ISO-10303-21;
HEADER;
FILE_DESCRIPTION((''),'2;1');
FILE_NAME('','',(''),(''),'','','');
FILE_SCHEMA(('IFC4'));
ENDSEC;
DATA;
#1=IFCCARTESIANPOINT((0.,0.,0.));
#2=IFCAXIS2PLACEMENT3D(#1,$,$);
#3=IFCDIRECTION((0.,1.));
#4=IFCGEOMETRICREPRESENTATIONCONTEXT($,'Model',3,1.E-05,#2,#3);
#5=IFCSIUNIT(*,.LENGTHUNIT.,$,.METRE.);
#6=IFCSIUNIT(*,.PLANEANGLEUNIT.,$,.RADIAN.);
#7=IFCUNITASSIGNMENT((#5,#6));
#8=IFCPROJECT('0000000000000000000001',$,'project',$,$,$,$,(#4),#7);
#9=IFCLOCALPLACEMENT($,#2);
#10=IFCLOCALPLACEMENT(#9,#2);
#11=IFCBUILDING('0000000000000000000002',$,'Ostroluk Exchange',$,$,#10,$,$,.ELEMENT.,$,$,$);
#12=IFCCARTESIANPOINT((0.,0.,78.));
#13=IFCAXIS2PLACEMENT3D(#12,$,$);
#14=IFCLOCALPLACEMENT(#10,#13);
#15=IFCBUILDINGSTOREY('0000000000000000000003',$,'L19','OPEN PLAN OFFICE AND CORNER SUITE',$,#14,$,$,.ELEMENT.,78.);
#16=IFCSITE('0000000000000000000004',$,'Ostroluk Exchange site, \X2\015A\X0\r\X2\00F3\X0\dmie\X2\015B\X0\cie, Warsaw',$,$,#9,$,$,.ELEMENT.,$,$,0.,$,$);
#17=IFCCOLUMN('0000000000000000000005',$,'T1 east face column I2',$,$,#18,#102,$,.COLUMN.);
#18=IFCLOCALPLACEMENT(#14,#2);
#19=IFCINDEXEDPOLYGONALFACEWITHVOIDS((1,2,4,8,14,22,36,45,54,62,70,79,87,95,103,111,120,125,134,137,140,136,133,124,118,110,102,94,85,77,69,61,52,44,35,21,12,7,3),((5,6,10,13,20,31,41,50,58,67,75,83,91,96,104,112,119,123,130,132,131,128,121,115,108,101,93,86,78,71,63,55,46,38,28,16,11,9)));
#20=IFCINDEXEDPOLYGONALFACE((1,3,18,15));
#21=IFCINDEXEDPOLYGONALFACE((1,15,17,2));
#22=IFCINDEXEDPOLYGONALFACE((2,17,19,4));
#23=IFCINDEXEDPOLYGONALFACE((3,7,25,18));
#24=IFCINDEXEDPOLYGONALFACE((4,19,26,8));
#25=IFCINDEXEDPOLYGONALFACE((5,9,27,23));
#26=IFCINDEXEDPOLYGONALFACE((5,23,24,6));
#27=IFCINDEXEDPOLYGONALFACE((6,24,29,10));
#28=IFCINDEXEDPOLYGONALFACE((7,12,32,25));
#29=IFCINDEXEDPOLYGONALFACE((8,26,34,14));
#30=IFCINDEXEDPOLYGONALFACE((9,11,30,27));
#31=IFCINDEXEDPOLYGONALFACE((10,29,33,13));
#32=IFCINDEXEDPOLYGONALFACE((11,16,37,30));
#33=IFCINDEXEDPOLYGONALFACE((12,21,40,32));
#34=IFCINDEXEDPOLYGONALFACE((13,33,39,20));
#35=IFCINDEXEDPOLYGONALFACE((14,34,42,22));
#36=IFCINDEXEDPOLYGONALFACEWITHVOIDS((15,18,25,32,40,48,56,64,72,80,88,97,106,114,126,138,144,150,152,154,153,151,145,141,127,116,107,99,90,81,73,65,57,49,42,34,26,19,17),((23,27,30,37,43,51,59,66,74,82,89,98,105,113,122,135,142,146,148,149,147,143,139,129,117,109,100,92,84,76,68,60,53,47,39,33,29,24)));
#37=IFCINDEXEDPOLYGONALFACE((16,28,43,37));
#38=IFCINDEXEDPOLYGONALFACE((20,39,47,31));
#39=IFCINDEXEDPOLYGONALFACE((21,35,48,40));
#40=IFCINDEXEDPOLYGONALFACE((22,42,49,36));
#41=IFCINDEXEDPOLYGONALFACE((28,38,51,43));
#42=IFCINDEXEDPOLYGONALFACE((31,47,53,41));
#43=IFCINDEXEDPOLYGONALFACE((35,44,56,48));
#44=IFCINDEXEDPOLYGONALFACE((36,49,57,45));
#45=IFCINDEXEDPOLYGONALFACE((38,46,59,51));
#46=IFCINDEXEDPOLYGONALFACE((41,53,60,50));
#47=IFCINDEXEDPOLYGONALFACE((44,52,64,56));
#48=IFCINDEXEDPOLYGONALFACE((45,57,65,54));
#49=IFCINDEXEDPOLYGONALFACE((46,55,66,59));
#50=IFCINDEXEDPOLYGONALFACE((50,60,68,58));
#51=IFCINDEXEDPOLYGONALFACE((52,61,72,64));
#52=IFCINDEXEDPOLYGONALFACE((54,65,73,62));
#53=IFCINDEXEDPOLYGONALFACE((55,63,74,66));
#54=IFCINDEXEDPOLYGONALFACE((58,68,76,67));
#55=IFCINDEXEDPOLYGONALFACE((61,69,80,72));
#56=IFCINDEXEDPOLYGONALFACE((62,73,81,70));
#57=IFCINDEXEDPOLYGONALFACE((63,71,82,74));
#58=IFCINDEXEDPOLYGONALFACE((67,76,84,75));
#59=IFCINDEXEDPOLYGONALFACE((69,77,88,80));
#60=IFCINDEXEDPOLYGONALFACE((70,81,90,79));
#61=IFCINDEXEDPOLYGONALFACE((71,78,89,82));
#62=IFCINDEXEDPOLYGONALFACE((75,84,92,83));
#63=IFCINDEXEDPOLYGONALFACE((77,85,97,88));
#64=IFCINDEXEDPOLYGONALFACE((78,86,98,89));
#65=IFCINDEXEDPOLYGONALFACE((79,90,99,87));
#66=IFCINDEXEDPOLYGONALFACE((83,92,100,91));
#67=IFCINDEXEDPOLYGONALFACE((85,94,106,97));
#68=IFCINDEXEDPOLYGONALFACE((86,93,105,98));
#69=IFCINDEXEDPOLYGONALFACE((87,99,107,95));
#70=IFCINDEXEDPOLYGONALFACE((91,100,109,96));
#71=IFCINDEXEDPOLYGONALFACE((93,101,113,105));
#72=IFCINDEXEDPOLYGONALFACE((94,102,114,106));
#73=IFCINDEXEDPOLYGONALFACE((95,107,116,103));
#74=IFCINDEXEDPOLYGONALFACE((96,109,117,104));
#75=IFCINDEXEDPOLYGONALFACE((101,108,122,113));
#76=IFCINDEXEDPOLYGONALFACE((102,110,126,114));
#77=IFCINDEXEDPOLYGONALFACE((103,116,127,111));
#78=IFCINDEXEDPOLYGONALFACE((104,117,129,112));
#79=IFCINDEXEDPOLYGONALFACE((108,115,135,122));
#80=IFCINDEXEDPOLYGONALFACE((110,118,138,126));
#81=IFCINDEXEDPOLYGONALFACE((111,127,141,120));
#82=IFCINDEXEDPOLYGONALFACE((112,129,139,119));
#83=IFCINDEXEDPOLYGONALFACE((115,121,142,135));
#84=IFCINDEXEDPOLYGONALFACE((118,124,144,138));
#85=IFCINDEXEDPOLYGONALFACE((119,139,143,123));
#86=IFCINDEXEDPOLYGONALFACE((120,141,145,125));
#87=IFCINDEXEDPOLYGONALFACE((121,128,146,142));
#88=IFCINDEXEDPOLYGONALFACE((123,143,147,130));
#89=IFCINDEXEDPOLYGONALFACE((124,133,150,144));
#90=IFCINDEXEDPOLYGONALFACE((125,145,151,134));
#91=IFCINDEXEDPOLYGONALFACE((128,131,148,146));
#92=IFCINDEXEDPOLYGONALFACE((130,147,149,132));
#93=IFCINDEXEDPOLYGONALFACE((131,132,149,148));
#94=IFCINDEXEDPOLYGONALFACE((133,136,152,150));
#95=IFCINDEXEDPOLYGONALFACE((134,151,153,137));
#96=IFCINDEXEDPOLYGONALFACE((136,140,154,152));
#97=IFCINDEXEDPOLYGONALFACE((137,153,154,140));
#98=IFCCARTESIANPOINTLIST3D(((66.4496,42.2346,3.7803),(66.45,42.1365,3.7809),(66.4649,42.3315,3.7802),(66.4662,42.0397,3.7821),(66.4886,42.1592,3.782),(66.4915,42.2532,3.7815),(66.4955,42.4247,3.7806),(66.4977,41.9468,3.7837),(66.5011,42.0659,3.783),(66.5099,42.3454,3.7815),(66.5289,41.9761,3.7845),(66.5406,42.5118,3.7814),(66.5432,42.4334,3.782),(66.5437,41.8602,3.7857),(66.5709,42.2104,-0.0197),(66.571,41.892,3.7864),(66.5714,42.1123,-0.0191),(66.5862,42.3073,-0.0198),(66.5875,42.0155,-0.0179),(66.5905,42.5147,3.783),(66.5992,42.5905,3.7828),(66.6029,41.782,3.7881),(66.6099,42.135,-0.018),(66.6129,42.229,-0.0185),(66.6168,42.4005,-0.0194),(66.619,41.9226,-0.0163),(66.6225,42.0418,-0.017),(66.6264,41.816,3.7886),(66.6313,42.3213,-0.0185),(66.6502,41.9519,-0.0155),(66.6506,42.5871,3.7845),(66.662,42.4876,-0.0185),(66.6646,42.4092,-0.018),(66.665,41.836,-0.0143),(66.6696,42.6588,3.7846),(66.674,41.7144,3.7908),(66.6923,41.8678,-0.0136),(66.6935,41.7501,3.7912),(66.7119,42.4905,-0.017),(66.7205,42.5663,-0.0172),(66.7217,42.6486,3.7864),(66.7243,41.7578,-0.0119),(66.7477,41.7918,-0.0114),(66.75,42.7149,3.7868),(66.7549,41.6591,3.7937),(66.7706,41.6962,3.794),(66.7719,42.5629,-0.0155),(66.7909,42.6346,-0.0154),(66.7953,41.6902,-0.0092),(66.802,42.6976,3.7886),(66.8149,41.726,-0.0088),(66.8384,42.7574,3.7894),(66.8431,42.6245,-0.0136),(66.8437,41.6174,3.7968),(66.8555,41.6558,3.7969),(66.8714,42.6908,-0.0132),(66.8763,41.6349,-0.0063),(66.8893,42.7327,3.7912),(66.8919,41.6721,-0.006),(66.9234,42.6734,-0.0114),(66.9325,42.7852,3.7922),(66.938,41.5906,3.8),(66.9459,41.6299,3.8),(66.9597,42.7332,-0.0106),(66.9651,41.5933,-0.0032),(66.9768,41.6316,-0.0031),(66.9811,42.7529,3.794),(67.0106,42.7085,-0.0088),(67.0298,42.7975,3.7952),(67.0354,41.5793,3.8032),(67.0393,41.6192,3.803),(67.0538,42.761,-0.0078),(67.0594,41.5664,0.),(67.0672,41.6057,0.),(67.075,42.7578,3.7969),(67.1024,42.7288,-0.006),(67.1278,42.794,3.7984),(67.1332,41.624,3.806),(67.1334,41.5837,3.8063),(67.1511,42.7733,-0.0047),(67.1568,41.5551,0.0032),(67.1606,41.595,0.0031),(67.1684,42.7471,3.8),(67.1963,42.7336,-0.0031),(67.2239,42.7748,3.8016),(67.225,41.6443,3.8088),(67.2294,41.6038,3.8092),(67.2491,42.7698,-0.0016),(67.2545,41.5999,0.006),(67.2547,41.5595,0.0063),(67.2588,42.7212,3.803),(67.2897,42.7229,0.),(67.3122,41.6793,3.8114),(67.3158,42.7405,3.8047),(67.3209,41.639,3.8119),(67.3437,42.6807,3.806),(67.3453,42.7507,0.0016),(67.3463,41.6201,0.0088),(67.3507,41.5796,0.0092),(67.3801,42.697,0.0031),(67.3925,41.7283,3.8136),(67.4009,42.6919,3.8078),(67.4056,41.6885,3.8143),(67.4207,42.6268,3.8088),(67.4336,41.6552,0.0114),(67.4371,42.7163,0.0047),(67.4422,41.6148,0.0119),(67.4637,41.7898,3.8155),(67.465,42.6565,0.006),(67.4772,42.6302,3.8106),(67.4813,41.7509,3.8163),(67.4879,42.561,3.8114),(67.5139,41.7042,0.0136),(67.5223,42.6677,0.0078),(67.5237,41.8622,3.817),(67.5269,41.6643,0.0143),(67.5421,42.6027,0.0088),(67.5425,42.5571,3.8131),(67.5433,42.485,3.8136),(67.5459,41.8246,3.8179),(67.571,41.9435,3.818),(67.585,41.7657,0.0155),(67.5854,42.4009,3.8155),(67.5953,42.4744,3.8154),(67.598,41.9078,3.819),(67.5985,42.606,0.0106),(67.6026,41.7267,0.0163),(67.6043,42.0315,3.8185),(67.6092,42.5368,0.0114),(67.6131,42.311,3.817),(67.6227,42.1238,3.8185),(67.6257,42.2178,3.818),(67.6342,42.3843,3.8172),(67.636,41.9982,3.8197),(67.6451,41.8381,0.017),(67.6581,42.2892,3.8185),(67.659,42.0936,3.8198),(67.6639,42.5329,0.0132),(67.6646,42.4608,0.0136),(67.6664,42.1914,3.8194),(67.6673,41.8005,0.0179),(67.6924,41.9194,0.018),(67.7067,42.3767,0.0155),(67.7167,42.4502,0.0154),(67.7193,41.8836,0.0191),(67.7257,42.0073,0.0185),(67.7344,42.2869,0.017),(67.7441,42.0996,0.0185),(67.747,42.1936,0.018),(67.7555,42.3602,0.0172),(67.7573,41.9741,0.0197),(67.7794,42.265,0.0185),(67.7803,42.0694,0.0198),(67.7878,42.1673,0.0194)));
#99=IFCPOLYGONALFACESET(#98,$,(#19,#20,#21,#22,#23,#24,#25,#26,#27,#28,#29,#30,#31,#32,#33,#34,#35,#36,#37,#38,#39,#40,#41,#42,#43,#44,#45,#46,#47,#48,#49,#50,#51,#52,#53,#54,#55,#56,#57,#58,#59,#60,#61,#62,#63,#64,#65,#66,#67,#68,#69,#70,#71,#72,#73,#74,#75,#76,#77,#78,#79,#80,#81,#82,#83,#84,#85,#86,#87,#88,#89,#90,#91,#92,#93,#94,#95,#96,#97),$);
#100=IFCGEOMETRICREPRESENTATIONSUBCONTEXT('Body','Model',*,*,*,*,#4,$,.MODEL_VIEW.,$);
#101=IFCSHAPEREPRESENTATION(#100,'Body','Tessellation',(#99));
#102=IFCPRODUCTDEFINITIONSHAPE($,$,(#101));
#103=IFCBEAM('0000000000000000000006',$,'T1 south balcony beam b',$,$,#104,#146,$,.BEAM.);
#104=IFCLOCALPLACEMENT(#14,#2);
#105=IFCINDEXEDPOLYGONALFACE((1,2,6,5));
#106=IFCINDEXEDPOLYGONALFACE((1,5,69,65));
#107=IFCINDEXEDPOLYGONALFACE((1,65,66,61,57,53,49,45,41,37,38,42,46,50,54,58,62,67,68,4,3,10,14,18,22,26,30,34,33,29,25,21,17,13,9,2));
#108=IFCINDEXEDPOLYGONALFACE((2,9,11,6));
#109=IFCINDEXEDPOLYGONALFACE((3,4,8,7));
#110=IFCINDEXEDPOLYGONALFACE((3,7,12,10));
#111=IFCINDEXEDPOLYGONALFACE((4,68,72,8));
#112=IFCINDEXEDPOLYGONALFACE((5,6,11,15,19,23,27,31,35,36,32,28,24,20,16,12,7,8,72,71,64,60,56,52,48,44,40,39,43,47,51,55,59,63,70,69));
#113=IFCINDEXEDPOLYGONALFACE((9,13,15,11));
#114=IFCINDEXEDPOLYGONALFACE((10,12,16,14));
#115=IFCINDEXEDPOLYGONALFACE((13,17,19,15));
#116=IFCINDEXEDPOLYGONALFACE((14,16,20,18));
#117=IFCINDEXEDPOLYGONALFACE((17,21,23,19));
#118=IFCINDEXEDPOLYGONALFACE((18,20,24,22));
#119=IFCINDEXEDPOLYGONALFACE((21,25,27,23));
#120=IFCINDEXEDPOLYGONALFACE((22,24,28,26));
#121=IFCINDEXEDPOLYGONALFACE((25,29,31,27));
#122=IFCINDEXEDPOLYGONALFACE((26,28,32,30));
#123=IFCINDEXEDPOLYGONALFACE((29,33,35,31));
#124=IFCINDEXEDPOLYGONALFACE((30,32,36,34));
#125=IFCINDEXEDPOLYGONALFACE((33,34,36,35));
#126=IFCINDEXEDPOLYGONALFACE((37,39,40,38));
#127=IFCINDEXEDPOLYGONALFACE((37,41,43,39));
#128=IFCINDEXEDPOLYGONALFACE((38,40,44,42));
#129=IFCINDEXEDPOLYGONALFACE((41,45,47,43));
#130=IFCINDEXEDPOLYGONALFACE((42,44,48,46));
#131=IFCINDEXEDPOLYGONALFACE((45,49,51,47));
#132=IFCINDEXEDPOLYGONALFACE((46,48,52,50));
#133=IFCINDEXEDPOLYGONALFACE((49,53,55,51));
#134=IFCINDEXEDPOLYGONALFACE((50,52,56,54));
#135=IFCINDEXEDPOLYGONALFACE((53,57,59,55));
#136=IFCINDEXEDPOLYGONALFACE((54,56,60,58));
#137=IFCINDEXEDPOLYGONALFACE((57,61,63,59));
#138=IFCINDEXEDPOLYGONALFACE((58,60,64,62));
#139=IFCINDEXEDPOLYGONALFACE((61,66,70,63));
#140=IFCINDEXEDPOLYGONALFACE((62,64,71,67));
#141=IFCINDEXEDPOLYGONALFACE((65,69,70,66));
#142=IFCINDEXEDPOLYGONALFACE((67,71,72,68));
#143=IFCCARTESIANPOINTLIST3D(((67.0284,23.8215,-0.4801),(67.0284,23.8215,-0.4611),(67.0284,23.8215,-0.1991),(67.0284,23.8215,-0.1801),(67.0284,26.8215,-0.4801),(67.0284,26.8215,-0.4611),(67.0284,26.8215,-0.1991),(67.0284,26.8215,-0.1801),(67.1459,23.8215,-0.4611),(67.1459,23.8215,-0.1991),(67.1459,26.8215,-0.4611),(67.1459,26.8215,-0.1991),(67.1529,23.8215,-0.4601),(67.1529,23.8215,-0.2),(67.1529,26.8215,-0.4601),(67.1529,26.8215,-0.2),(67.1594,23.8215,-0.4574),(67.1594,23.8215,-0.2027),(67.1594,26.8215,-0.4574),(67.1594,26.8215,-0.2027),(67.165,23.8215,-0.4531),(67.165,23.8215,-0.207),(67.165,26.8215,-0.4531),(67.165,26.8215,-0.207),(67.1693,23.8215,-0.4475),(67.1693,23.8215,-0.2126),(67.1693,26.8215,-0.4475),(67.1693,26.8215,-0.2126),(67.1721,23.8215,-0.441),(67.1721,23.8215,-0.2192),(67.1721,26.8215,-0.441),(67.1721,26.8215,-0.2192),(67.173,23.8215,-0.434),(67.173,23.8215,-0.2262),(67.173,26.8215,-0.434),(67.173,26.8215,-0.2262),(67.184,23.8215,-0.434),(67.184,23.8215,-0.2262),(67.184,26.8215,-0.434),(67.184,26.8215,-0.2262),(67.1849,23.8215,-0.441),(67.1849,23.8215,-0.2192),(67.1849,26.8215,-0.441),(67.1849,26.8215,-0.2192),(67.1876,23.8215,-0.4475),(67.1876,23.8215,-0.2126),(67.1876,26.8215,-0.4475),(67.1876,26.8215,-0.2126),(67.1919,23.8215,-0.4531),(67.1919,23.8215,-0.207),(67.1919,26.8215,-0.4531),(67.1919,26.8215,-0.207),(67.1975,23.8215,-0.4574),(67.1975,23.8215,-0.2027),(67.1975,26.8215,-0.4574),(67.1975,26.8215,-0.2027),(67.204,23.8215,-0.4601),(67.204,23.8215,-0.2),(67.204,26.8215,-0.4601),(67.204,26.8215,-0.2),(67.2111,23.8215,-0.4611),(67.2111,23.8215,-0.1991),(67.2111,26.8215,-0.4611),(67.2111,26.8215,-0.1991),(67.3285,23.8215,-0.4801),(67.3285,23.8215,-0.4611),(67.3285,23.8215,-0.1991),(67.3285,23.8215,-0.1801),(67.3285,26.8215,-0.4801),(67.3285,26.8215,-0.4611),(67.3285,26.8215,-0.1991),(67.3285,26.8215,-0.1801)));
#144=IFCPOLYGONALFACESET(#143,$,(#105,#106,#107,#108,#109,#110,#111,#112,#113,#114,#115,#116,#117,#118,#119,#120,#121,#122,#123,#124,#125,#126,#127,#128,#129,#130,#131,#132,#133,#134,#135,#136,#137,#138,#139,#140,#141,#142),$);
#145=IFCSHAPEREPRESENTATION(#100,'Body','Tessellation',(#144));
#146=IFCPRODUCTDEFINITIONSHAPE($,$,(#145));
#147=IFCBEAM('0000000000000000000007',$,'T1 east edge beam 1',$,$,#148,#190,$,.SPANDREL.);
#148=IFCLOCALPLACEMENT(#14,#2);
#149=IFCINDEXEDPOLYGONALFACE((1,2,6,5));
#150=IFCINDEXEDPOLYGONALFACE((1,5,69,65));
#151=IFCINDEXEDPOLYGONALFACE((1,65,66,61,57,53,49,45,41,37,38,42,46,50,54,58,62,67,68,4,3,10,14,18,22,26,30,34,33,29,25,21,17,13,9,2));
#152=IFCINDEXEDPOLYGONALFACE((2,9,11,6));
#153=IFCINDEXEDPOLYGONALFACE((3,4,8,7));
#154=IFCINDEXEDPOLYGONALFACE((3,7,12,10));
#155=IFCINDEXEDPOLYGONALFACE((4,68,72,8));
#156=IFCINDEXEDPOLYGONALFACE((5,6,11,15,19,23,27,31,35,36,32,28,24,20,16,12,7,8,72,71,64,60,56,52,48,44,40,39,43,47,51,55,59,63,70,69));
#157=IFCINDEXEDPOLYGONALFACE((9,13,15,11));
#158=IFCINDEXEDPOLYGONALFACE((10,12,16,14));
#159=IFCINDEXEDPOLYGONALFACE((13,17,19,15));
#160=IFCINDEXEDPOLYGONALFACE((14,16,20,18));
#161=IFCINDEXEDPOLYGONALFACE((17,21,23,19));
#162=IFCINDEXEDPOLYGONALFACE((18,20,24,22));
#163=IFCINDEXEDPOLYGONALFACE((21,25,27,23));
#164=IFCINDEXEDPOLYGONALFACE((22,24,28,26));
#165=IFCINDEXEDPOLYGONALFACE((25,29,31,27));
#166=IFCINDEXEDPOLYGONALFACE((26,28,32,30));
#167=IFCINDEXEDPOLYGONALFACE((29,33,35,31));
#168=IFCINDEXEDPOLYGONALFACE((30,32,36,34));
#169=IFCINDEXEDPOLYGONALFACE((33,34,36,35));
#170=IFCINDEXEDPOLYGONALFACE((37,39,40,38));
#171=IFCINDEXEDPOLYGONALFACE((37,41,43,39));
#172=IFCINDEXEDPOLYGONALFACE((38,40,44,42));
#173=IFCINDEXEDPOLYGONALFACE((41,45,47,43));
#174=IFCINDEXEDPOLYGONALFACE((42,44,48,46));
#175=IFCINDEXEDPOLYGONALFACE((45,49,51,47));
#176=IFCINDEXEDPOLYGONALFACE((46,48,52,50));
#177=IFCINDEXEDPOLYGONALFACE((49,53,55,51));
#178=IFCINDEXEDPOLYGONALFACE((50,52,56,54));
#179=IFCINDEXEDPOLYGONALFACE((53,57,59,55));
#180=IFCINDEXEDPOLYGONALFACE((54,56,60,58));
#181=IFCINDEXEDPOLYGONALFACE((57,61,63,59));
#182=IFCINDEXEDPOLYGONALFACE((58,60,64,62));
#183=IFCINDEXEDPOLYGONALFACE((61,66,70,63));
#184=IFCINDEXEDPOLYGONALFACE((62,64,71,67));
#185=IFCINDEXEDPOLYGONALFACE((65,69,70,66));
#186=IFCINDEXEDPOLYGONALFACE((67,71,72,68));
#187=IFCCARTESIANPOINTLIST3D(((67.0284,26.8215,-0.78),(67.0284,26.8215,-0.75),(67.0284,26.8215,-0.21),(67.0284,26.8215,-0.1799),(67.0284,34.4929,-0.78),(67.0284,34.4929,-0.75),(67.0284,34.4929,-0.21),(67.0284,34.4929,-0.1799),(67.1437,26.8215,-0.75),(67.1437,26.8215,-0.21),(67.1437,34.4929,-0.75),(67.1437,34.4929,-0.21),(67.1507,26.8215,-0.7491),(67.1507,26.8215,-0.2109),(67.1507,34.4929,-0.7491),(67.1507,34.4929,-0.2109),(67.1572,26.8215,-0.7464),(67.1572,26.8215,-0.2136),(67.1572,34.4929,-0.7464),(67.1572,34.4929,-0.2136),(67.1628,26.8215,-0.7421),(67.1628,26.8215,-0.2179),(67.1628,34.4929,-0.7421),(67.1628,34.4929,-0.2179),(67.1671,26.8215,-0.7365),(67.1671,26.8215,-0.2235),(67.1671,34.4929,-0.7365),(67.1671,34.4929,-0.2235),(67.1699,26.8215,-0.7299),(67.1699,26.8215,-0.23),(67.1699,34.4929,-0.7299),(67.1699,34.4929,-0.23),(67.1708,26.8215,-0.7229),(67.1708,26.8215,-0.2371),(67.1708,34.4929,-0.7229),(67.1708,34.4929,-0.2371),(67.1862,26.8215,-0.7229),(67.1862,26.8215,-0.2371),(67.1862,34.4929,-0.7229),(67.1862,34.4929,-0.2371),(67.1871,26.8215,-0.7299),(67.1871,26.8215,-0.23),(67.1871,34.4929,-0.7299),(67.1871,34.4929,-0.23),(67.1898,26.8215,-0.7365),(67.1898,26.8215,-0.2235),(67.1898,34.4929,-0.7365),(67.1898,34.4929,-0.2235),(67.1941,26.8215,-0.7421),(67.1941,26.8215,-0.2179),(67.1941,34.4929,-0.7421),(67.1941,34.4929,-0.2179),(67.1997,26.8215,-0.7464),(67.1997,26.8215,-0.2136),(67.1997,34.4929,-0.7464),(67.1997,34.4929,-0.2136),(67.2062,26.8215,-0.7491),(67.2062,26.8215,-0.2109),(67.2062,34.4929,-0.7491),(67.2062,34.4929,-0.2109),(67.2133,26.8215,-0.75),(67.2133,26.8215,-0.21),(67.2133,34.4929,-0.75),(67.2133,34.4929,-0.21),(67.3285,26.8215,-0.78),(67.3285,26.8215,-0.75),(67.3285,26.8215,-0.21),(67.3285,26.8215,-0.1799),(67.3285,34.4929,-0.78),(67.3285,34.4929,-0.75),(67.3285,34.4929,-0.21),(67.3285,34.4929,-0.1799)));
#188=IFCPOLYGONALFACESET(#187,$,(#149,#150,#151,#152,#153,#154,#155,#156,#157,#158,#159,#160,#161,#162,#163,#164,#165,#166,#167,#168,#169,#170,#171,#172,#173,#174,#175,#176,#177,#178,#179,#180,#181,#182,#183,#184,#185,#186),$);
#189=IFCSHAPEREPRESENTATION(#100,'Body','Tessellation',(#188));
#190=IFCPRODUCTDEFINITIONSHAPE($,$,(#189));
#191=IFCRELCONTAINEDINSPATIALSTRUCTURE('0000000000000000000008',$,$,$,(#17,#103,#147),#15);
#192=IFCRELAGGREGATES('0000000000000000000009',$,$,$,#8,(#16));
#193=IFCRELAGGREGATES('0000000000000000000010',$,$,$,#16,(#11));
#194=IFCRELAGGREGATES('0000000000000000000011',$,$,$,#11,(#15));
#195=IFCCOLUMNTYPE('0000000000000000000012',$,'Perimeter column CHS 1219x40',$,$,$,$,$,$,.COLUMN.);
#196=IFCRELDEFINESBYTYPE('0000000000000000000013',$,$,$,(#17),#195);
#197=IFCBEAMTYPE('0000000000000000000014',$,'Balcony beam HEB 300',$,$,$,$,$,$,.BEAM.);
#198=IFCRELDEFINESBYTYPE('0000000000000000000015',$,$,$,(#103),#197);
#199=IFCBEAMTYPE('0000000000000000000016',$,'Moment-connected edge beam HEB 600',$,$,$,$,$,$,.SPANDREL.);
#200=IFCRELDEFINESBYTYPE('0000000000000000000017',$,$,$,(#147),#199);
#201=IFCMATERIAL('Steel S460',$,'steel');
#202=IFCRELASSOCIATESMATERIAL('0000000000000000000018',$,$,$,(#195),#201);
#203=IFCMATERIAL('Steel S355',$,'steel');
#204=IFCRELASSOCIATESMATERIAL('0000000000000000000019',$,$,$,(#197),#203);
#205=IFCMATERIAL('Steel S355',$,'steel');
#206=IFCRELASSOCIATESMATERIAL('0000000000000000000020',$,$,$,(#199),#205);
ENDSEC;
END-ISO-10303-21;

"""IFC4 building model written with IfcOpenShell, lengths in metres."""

from ifc_helpers import new_model, si_unit, direction, frame, origin, origin_2d, place, context, subcontext, project, spatial, hollow_circle, i_section, extrude, material, material_profile, profile_set, type_object, element, save


model = new_model("IFC4")

# Units and contexts
model_context = context("Model", 3, precision=1e-05, world=origin(), true_north=direction((0.0, 1.0)))
body_context = subcontext(model_context, "Body", "Model", "MODEL_VIEW")
ifc_project = project(units=[si_unit("LENGTHUNIT", "METRE"), si_unit("PLANEANGLEUNIT", "RADIAN")], contexts=[model_context])

# Site, building, storey
site_placement = place(None, origin())
site = spatial("IfcSite", under=ifc_project, at=site_placement, Name="Ostroluk Exchange site, Śródmieście, Warsaw", CompositionType="ELEMENT", RefElevation=0.0)
building_placement = place(site_placement, origin())
building = spatial("IfcBuilding", under=site, at=building_placement, Name="Ostroluk Exchange", CompositionType="ELEMENT")
storey_placement = place(building_placement, frame((0.0, 0.0, 78.0)))
storey = spatial("IfcBuildingStorey", under=building, at=storey_placement, Name="L19", Description="OPEN PLAN OFFICE AND CORNER SUITE", CompositionType="ELEMENT", Elevation=78.0)

# Column
ifc_material_1 = material(Name="Steel S460", Category="steel")
ifc_material_profile_1 = material_profile(ifc_material_1, hollow_circle(Radius=0.6096, WallThickness=0.04, at=origin_2d()), Name="CHS 1219x40")
ifc_profile_set_1 = profile_set([ifc_material_profile_1], Name="Steel S460")
column_type = type_object("IfcColumnType", Name="Perimeter column CHS 1219x40", PredefinedType="COLUMN", material=ifc_profile_set_1)
column_1_placement = place(storey_placement, frame((67.1785, 42.1643, 0.0), z_axis=(-0.031914, 0.006357, 0.99947), x_axis=(-0.195357, -0.980732, 0.0)))
element("IfcColumn", 1, at=column_1_placement, inside=storey, type_object=column_type, Name="T1 east face column I2", PredefinedType="COLUMN", context=body_context, shape_type="SweptSolid", body=[
    extrude(hollow_circle(Radius=0.6096, WallThickness=0.04, at=origin_2d()), origin(), (0.0, 0.0, 1.0), 3.802),
])

# Beams
ifc_material_2 = material(Name="Steel S355", Category="steel")
ifc_material_profile_2 = material_profile(ifc_material_2, i_section(OverallWidth=0.3, OverallDepth=0.3, WebThickness=0.011, FlangeThickness=0.019, FilletRadius=0.0271, at=origin_2d()), Name="HEB 300")
ifc_profile_set_2 = profile_set([ifc_material_profile_2], Name="Steel S355")
beam_type_1 = type_object("IfcBeamType", Name="Balcony beam HEB 300", PredefinedType="BEAM", material=ifc_profile_set_2)
beam_placement = place(storey_placement, frame((67.1785, 26.8215, -0.3301), z_axis=(0.0, -1.0, 0.0), x_axis=(1.0, 0.0, 0.0)))
element("IfcBeam", 2, at=beam_placement, inside=storey, type_object=beam_type_1, Name="T1 south balcony beam b", PredefinedType="BEAM", context=body_context, shape_type="SweptSolid", body=[
    extrude(i_section(OverallWidth=0.3, OverallDepth=0.3, WebThickness=0.011, FlangeThickness=0.019, FilletRadius=0.0271, at=origin_2d()), origin(), (0.0, 0.0, 1.0), 3.0),
])
ifc_material_3 = material(Name="Steel S355", Category="steel")
ifc_material_profile_3 = material_profile(ifc_material_3, i_section(OverallWidth=0.3, OverallDepth=0.6001, WebThickness=0.0154, FlangeThickness=0.03, FilletRadius=0.0271, at=origin_2d()), Name="HEB 600")
ifc_profile_set_3 = profile_set([ifc_material_profile_3], Name="Steel S355")
beam_type_2 = type_object("IfcBeamType", Name="Moment-connected edge beam HEB 600", PredefinedType="SPANDREL", material=ifc_profile_set_3)
for number, where, z_axis, x_axis, name in (
    (3, (67.1785, 26.8215, -0.48), (0.0, 1.0, 0.0), (-1.0, 0.0, 0.0), "T1 east edge beam 1"),
):
    element("IfcBeam", number, at=place(storey_placement, frame(where, z_axis=z_axis, x_axis=x_axis)), inside=storey, type_object=beam_type_2, Name=name, PredefinedType="SPANDREL", context=body_context, shape_type="SweptSolid", body=[
        extrude(i_section(OverallWidth=0.3, OverallDepth=0.6001, WebThickness=0.0154, FlangeThickness=0.03, FilletRadius=0.0271, at=origin_2d()), origin(), (0.0, 0.0, 1.0), 7.6714),
    ])

save(model, "model.ifc")
